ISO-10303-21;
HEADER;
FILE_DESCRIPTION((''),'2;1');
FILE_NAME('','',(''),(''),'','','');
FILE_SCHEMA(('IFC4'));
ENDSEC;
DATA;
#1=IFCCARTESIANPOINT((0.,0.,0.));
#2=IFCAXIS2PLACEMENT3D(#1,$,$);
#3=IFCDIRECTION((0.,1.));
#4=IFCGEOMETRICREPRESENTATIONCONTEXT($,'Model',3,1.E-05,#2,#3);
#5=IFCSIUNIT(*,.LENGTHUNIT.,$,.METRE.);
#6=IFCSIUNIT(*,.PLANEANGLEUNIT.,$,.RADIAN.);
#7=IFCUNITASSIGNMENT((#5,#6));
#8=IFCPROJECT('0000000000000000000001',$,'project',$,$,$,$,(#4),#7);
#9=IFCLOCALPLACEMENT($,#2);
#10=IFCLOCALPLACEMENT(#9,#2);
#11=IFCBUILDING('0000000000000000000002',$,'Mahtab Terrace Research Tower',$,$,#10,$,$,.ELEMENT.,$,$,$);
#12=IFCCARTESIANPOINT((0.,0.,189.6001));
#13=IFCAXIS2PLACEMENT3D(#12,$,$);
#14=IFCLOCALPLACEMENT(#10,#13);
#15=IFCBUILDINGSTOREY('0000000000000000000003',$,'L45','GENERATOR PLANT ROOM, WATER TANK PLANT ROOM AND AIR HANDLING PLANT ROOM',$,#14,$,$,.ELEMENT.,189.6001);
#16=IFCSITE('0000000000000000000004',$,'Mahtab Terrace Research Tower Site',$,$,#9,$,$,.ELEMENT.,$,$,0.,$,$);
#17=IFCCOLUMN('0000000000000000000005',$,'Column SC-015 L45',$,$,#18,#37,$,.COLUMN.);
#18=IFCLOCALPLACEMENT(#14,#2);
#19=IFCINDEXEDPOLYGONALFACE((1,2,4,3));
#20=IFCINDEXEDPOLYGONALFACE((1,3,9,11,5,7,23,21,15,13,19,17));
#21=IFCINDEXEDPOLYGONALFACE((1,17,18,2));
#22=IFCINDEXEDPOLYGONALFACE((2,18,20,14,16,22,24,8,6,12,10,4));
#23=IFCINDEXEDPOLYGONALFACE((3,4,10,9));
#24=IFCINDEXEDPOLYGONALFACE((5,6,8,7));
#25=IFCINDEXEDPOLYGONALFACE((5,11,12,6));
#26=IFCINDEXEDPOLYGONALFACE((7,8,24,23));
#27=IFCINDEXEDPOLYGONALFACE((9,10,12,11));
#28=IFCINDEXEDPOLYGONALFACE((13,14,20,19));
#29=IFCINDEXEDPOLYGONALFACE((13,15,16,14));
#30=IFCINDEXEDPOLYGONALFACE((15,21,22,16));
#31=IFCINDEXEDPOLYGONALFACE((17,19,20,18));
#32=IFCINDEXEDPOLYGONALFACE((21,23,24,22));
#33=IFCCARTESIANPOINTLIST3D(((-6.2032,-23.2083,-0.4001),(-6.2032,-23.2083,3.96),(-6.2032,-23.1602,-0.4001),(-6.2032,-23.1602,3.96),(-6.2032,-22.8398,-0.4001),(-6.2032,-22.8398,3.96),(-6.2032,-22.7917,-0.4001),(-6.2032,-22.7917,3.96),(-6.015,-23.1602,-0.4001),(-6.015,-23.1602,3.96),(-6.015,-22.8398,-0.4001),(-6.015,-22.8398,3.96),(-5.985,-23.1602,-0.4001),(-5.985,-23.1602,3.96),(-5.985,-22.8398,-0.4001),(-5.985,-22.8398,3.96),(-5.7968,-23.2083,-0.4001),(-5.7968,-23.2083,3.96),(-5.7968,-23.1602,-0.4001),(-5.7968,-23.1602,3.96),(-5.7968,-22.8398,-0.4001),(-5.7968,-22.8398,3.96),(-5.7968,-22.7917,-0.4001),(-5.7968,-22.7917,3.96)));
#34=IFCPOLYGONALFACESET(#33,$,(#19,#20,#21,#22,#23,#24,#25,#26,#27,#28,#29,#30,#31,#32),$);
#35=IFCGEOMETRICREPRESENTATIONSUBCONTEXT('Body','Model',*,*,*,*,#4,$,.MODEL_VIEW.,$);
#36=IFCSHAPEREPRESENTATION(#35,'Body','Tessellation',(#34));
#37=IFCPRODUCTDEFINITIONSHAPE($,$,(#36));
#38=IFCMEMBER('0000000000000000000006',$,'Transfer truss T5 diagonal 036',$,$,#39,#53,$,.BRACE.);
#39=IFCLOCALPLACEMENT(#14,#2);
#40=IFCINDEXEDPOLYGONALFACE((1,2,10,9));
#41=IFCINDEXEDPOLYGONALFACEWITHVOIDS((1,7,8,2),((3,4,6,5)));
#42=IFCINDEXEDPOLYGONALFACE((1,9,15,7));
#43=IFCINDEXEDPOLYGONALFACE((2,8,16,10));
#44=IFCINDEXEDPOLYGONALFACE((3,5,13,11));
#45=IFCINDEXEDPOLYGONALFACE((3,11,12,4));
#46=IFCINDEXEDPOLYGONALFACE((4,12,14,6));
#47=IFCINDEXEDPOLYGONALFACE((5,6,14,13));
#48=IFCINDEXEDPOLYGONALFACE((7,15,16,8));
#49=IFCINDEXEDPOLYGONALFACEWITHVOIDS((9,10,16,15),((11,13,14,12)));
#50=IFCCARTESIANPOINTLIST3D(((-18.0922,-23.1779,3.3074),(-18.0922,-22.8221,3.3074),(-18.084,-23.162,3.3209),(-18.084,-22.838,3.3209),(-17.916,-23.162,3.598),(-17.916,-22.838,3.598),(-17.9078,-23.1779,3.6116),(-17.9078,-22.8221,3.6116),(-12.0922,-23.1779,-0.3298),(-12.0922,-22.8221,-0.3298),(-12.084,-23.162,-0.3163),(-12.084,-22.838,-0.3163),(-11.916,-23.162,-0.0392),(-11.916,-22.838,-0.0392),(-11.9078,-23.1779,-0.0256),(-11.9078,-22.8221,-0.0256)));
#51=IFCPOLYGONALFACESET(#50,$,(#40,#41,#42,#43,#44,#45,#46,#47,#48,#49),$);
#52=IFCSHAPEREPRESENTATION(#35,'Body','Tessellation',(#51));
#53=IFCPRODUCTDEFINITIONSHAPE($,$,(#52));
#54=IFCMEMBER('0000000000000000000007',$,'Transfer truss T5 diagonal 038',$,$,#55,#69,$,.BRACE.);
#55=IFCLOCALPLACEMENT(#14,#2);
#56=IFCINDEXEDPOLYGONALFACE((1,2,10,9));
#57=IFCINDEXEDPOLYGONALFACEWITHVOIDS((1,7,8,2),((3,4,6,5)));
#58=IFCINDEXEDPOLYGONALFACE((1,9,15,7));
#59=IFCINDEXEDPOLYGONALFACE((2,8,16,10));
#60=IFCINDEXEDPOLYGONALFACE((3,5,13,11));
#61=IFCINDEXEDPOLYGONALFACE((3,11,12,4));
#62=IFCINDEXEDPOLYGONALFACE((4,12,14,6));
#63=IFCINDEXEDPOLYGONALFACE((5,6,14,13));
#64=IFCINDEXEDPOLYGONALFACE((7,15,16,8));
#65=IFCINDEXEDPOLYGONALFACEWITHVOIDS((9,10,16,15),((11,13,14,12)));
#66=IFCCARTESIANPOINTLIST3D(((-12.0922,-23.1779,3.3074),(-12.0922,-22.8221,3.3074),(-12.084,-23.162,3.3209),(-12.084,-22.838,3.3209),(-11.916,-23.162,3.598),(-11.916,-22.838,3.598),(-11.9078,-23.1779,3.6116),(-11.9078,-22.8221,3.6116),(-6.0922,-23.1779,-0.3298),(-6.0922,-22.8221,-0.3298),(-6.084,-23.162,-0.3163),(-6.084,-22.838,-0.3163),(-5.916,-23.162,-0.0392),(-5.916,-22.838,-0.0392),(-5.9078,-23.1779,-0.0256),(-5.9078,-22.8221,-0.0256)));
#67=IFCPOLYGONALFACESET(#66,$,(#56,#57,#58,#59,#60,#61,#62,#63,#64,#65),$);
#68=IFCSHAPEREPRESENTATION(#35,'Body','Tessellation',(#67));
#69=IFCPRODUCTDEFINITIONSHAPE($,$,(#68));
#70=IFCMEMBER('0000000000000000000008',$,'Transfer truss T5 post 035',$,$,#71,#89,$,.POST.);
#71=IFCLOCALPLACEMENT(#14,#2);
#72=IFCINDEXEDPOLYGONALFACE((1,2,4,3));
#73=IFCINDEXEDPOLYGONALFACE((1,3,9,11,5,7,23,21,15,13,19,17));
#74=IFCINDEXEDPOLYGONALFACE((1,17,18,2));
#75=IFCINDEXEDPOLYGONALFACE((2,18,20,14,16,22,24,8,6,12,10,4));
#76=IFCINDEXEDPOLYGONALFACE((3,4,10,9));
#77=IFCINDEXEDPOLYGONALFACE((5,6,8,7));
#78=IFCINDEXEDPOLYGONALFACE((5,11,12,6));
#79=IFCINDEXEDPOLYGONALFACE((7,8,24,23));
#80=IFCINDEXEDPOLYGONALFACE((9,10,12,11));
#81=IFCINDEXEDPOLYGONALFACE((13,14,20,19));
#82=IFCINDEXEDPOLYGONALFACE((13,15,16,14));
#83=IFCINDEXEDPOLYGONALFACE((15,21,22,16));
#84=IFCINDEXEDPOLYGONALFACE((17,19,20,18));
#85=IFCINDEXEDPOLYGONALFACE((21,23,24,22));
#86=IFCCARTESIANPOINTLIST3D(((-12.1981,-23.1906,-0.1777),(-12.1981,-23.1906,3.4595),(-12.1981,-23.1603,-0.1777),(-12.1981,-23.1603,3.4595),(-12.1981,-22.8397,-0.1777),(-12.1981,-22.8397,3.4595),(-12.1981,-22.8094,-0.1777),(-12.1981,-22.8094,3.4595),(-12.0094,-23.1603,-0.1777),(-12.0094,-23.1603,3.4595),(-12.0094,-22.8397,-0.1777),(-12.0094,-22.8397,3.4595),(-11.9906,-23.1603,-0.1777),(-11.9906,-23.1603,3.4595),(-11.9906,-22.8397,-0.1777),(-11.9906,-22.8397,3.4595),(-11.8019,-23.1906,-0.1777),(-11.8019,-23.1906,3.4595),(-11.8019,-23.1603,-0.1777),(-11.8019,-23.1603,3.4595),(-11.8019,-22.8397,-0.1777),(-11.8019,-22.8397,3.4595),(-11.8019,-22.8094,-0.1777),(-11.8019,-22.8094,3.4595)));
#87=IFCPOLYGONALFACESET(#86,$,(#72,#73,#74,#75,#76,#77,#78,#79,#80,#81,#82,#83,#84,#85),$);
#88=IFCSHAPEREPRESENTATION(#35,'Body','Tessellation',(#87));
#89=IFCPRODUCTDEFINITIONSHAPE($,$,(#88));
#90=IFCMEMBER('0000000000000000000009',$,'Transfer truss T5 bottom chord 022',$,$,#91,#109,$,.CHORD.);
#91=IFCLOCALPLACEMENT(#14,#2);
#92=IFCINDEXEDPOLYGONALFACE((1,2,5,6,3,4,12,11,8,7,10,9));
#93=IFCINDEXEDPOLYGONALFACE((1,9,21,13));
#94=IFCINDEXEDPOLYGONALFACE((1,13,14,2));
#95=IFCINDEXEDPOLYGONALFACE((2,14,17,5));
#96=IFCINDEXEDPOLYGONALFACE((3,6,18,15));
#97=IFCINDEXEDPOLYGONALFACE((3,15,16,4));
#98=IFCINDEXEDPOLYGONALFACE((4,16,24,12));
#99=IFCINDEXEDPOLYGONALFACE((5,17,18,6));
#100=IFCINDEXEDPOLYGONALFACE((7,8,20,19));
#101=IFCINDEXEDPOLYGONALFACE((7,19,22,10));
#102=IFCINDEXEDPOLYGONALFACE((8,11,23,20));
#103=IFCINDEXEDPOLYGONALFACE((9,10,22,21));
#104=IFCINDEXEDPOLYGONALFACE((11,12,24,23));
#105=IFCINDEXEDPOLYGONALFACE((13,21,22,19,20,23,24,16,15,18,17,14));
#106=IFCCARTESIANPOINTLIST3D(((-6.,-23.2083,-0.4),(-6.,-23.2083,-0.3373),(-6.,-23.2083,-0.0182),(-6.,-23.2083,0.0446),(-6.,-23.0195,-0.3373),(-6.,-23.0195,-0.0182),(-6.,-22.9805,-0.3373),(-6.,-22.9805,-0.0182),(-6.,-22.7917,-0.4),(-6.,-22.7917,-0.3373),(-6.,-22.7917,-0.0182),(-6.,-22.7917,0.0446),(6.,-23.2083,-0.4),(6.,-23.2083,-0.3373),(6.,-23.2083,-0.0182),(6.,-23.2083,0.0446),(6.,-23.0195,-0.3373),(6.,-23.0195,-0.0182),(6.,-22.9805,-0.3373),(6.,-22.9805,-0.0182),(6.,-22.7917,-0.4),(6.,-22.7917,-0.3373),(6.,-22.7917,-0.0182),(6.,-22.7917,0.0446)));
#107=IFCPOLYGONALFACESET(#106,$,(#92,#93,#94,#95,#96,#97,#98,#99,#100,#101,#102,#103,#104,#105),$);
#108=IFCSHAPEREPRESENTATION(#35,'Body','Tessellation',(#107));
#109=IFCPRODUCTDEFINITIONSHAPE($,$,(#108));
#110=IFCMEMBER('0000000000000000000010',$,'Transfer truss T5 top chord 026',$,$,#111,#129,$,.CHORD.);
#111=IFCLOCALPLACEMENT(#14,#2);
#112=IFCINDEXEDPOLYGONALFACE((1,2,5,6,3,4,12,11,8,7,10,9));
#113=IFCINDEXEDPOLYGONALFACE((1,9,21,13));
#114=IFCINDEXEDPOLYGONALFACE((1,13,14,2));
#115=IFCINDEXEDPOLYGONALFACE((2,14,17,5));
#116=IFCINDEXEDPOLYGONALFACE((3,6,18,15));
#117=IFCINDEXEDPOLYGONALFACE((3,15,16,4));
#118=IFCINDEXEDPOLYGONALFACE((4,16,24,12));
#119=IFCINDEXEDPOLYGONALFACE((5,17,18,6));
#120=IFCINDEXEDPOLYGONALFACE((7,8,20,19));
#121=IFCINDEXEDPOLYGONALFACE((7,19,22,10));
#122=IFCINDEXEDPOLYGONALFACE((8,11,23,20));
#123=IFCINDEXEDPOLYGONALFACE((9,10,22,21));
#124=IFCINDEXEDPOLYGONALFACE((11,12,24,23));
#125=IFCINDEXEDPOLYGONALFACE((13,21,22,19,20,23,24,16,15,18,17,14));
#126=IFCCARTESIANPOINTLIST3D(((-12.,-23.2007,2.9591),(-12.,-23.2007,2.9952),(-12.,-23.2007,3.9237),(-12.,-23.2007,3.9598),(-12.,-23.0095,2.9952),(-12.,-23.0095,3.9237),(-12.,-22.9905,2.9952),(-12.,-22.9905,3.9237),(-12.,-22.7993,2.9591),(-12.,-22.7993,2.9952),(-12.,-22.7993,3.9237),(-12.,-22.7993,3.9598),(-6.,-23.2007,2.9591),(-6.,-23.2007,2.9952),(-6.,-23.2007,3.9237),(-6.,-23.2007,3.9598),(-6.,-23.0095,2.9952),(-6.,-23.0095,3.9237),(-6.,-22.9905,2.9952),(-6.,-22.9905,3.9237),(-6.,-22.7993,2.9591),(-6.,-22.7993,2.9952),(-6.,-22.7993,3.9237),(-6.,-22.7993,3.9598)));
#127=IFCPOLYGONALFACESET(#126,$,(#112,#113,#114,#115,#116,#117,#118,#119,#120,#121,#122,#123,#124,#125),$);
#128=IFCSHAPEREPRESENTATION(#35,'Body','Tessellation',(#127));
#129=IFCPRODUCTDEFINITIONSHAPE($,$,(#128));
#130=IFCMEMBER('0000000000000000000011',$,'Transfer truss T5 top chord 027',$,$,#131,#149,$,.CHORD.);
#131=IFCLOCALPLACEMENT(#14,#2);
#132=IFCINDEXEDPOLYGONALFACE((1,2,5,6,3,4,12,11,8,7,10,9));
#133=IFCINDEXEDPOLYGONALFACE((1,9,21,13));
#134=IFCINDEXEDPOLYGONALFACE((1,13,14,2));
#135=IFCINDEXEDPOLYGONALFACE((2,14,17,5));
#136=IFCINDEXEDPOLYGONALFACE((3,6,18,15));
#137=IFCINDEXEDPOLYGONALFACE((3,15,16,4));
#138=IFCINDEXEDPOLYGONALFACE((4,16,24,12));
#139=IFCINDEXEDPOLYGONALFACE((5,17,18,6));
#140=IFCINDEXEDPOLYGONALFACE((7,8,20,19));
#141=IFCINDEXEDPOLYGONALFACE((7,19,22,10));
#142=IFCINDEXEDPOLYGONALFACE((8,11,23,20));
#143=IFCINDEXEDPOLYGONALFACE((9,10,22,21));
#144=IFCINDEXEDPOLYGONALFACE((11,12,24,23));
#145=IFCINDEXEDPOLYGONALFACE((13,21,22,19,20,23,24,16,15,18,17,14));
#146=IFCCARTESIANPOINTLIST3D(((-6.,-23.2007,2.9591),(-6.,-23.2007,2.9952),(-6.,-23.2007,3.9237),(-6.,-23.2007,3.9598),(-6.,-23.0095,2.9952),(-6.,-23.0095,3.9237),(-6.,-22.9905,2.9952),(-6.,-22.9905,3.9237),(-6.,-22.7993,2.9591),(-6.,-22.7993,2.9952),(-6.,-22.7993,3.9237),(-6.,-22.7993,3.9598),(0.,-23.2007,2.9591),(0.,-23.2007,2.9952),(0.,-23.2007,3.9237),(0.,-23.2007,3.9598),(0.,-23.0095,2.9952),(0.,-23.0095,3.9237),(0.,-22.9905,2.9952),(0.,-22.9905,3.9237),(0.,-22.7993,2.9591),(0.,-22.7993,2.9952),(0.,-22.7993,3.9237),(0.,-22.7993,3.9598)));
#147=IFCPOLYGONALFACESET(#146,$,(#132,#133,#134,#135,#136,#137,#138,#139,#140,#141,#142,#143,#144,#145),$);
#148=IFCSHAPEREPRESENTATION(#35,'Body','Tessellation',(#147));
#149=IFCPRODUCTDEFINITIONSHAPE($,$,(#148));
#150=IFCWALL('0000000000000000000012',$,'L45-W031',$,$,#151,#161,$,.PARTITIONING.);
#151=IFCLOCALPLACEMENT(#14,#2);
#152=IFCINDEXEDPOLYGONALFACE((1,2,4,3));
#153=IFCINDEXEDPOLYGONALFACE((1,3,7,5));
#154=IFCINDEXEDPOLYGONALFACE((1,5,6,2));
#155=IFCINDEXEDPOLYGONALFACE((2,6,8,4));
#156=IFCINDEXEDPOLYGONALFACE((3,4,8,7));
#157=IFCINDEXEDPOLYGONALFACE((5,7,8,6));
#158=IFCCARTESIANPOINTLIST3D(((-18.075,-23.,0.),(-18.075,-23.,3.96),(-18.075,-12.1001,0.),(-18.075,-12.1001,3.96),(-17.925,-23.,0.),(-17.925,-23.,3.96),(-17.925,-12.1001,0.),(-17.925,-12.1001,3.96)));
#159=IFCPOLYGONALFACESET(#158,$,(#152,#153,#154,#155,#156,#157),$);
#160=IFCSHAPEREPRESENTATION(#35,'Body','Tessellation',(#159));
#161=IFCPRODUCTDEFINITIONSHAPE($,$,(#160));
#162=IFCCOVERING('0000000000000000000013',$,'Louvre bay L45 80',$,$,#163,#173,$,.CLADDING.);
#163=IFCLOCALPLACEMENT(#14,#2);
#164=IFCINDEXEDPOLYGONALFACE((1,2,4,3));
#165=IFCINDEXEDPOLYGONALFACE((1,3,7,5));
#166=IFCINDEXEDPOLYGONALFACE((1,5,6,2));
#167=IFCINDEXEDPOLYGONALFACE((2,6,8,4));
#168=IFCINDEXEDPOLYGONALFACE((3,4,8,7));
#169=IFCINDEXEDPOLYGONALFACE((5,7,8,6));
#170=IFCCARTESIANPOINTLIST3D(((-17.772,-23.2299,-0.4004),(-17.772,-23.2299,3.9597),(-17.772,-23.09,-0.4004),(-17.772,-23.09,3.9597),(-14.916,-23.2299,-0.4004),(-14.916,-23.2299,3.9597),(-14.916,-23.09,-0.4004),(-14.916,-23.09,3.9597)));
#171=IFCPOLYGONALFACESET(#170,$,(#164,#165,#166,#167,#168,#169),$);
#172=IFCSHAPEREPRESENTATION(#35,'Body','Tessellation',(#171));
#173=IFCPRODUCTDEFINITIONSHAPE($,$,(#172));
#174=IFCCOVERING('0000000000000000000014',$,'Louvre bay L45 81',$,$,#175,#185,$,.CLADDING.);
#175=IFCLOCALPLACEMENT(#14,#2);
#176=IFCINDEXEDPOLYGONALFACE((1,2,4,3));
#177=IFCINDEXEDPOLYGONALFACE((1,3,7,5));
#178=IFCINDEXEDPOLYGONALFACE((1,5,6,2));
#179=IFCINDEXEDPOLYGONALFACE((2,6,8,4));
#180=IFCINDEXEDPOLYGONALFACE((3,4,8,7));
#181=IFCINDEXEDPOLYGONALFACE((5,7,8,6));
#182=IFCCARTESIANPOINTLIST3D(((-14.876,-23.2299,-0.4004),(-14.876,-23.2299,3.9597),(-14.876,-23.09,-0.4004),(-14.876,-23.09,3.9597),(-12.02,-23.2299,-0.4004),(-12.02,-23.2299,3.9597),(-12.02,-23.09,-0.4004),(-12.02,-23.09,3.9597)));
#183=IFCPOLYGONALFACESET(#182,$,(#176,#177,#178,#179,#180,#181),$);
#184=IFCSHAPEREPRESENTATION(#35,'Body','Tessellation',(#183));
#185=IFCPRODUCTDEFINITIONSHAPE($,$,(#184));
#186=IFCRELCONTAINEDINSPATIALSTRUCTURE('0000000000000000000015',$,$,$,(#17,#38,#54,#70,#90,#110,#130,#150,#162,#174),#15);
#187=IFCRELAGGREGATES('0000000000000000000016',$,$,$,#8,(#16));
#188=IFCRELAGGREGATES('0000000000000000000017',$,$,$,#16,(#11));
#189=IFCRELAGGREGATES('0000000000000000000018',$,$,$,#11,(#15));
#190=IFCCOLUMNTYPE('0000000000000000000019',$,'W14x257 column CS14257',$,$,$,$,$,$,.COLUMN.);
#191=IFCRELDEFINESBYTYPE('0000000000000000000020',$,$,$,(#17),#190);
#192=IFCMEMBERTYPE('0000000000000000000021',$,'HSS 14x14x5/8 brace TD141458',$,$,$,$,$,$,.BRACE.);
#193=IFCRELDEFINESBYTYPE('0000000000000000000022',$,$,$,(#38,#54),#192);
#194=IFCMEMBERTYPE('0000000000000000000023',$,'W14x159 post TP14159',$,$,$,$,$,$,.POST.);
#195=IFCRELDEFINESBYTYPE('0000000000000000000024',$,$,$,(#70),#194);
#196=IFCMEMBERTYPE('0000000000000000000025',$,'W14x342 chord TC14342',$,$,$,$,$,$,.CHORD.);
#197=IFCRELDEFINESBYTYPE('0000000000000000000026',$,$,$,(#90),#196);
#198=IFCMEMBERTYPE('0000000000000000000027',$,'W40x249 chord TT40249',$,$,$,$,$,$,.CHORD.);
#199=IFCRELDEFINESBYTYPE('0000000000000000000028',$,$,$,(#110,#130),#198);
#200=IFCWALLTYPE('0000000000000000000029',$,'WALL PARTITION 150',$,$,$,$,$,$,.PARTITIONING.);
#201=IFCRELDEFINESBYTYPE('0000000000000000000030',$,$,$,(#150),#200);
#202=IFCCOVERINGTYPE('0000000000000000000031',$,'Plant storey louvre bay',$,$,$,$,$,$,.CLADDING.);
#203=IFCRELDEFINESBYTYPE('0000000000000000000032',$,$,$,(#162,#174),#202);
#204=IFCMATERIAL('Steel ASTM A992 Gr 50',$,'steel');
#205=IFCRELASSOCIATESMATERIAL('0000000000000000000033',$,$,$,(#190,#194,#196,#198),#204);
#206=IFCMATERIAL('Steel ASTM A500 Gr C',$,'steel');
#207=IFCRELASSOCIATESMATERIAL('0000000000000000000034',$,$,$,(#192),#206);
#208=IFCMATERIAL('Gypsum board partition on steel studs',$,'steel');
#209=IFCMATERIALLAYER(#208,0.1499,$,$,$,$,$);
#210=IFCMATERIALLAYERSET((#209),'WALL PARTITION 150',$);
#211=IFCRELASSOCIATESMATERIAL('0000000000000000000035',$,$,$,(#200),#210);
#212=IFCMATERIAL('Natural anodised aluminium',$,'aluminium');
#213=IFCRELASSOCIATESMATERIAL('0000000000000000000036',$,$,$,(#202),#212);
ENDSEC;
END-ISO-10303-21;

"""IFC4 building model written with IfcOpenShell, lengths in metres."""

from ifc_helpers import new_model, si_unit, direction, frame, frame_2d, origin, origin_2d, place, context, subcontext, project, spatial, rectangle, hollow_rectangle, i_section, extrude, material, layer, layer_set, material_profile, profile_set, type_object, element, save


model = new_model("IFC4")

# Units and contexts
model_context = context("Model", 3, precision=1e-05, world=origin(), true_north=direction((0.0, 1.0)))
body_context = subcontext(model_context, "Body", "Model", "MODEL_VIEW")
ifc_project = project(units=[si_unit("LENGTHUNIT", "METRE"), si_unit("PLANEANGLEUNIT", "RADIAN")], contexts=[model_context])

# Site, building, storey
site_placement = place(None, origin())
site = spatial("IfcSite", under=ifc_project, at=site_placement, Name="Mahtab Terrace Research Tower Site", CompositionType="ELEMENT", RefElevation=0.0)
building_placement = place(site_placement, origin())
building = spatial("IfcBuilding", under=site, at=building_placement, Name="Mahtab Terrace Research Tower", CompositionType="ELEMENT")
storey_placement = place(building_placement, frame((0.0, 0.0, 189.6001)))
storey = spatial("IfcBuildingStorey", under=building, at=storey_placement, Name="L45", Description="GENERATOR PLANT ROOM, WATER TANK PLANT ROOM AND AIR HANDLING PLANT ROOM", CompositionType="ELEMENT", Elevation=189.6001)

# Column
ifc_material_1 = material(Name="Steel ASTM A992 Gr 50", Category="steel")
ifc_material_profile_1 = material_profile(ifc_material_1, i_section(OverallWidth=0.4065, OverallDepth=0.4165, WebThickness=0.03, FlangeThickness=0.0481, at=origin_2d()), Name="W14X257")
ifc_profile_set_1 = profile_set([ifc_material_profile_1], Name="Steel ASTM A992 Gr 50")
column_type = type_object("IfcColumnType", Name="W14x257 column CS14257", PredefinedType="COLUMN", material=ifc_profile_set_1)
column_placement = place(storey_placement, frame((-6.0, -23.0, -0.4001), z_axis=(0.0, 0.0, 1.0), x_axis=(1.0, 0.0, 0.0)))
element("IfcColumn", 1, at=column_placement, inside=storey, type_object=column_type, Name="Column SC-015 L45", PredefinedType="COLUMN", context=body_context, shape_type="SweptSolid", body=[
    extrude(i_section(OverallWidth=0.4065, OverallDepth=0.4165, WebThickness=0.03, FlangeThickness=0.0481, at=origin_2d()), origin(), (0.0, 0.0, 1.0), 4.3601),
])

# Members
ifc_material_2 = material(Name="Steel ASTM A500 Gr C", Category="steel")
ifc_material_profile_2 = material_profile(ifc_material_2, hollow_rectangle(XDim=0.3557, YDim=0.3557, WallThickness=0.0159, at=origin_2d()), Name="HSS14X14X5/8")
ifc_profile_set_2 = profile_set([ifc_material_profile_2], Name="Steel ASTM A500 Gr C")
member_type_1 = type_object("IfcMemberType", Name="HSS 14x14x5/8 brace TD141458", PredefinedType="BRACE", material=ifc_profile_set_2)
for number, where, z_axis, x_axis, name in (
    (2, (-12.0, -23.0, -0.1777), (-0.855145, 0.0, 0.51839), (0.0, -1.0, 0.0), "Transfer truss T5 diagonal 036"),
    (3, (-6.0, -23.0, -0.1777), (-0.855145, 0.0, 0.51839), (0.0, -1.0, 0.0), "Transfer truss T5 diagonal 038"),
):
    element("IfcMember", number, at=place(storey_placement, frame(where, z_axis=z_axis, x_axis=x_axis)), inside=storey, type_object=member_type_1, Name=name, PredefinedType="BRACE", context=body_context, shape_type="SweptSolid", body=[
        extrude(hollow_rectangle(XDim=0.3557, YDim=0.3557, WallThickness=0.0159, at=origin_2d()), origin(), (0.0, 0.0, 1.0), 7.0164),
    ])
ifc_material_profile_3 = material_profile(ifc_material_1, i_section(OverallWidth=0.3962, OverallDepth=0.3811, WebThickness=0.0188, FlangeThickness=0.0303, at=origin_2d()), Name="W14X159")
ifc_profile_set_3 = profile_set([ifc_material_profile_3], Name="Steel ASTM A992 Gr 50")
member_type_2 = type_object("IfcMemberType", Name="W14x159 post TP14159", PredefinedType="POST", material=ifc_profile_set_3)
member_1_placement = place(storey_placement, frame((-12.0, -23.0, -0.1777), z_axis=(0.0, 0.0, 1.0), x_axis=(1.0, 0.0, 0.0)))
element("IfcMember", 4, at=member_1_placement, inside=storey, type_object=member_type_2, Name="Transfer truss T5 post 035", PredefinedType="POST", context=body_context, shape_type="SweptSolid", body=[
    extrude(i_section(OverallWidth=0.3962, OverallDepth=0.3811, WebThickness=0.0188, FlangeThickness=0.0303, at=origin_2d()), origin(), (0.0, 0.0, 1.0), 3.6372),
])
ifc_material_profile_4 = material_profile(ifc_material_1, i_section(OverallWidth=0.4165, OverallDepth=0.4446, WebThickness=0.0391, FlangeThickness=0.0627, at=origin_2d()), Name="W14X342")
ifc_profile_set_4 = profile_set([ifc_material_profile_4], Name="Steel ASTM A992 Gr 50")
member_type_3 = type_object("IfcMemberType", Name="W14x342 chord TC14342", PredefinedType="CHORD", material=ifc_profile_set_4)
member_2_placement = place(storey_placement, frame((-6.0, -23.0, -0.1777), z_axis=(1.0, 0.0, 0.0), x_axis=(0.0, 1.0, 0.0)))
element("IfcMember", 5, at=member_2_placement, inside=storey, type_object=member_type_3, Name="Transfer truss T5 bottom chord 022", PredefinedType="CHORD", context=body_context, shape_type="SweptSolid", body=[
    extrude(i_section(OverallWidth=0.4165, OverallDepth=0.4446, WebThickness=0.0391, FlangeThickness=0.0627, at=origin_2d()), origin(), (0.0, 0.0, 1.0), 12.0),
])
ifc_material_profile_5 = material_profile(ifc_material_1, i_section(OverallWidth=0.4014, OverallDepth=1.0007, WebThickness=0.019, FlangeThickness=0.0361, at=origin_2d()), Name="W40X249")
ifc_profile_set_5 = profile_set([ifc_material_profile_5], Name="Steel ASTM A992 Gr 50")
member_type_4 = type_object("IfcMemberType", Name="W40x249 chord TT40249", PredefinedType="CHORD", material=ifc_profile_set_5)
for number, where, z_axis, x_axis, name in (
    (6, (-12.0, -23.0, 3.4595), (1.0, 0.0, 0.0), (0.0, 1.0, 0.0), "Transfer truss T5 top chord 026"),
    (7, (-6.0, -23.0, 3.4595), (1.0, 0.0, 0.0), (0.0, 1.0, 0.0), "Transfer truss T5 top chord 027"),
):
    element("IfcMember", number, at=place(storey_placement, frame(where, z_axis=z_axis, x_axis=x_axis)), inside=storey, type_object=member_type_4, Name=name, PredefinedType="CHORD", context=body_context, shape_type="SweptSolid", body=[
        extrude(i_section(OverallWidth=0.4014, OverallDepth=1.0007, WebThickness=0.019, FlangeThickness=0.0361, at=origin_2d()), origin(), (0.0, 0.0, 1.0), 6.0),
    ])

# Wall
ifc_material_3 = material(Name="Gypsum board partition on steel studs", Category="steel")
ifc_layer_1 = layer(ifc_material_3, 0.1499)
ifc_layer_set_1 = layer_set([ifc_layer_1], Name="WALL PARTITION 150")
wall_type = type_object("IfcWallType", Name="WALL PARTITION 150", PredefinedType="PARTITIONING", material=ifc_layer_set_1)
wall_placement = place(storey_placement, frame((-18.0, -23.0, 0.0), z_axis=(0.0, 0.0, 1.0), x_axis=(0.0, 1.0, 0.0)))
element("IfcWall", 8, at=wall_placement, inside=storey, type_object=wall_type, Name="L45-W031", PredefinedType="PARTITIONING", context=body_context, shape_type="SweptSolid", body=[
    extrude(rectangle(XDim=10.8999, YDim=0.1499, at=frame_2d((5.45, 0.0))), origin(), (0.0, 0.0, 1.0), 3.96),
])

# Coverings
ifc_material_4 = material(Name="Natural anodised aluminium", Category="aluminium")
covering_type = type_object("IfcCoveringType", Name="Plant storey louvre bay", PredefinedType="CLADDING", material=ifc_material_4)
for number, where, z_axis, x_axis, name in (
    (9, (-16.344, -23.1599, -0.4004), (0.0, 0.0, 1.0), (1.0, 0.0, 0.0), "Louvre bay L45 80"),
    (10, (-13.448, -23.1599, -0.4004), (0.0, 0.0, 1.0), (1.0, 0.0, 0.0), "Louvre bay L45 81"),
):
    element("IfcCovering", number, at=place(storey_placement, frame(where, z_axis=z_axis, x_axis=x_axis)), inside=storey, type_object=covering_type, Name=name, PredefinedType="CLADDING", context=body_context, shape_type="SweptSolid", body=[
        extrude(rectangle(XDim=2.856, YDim=0.1399, at=origin_2d()), origin(), (0.0, 0.0, 1.0), 4.3601),
    ])

save(model, "model.ifc")
